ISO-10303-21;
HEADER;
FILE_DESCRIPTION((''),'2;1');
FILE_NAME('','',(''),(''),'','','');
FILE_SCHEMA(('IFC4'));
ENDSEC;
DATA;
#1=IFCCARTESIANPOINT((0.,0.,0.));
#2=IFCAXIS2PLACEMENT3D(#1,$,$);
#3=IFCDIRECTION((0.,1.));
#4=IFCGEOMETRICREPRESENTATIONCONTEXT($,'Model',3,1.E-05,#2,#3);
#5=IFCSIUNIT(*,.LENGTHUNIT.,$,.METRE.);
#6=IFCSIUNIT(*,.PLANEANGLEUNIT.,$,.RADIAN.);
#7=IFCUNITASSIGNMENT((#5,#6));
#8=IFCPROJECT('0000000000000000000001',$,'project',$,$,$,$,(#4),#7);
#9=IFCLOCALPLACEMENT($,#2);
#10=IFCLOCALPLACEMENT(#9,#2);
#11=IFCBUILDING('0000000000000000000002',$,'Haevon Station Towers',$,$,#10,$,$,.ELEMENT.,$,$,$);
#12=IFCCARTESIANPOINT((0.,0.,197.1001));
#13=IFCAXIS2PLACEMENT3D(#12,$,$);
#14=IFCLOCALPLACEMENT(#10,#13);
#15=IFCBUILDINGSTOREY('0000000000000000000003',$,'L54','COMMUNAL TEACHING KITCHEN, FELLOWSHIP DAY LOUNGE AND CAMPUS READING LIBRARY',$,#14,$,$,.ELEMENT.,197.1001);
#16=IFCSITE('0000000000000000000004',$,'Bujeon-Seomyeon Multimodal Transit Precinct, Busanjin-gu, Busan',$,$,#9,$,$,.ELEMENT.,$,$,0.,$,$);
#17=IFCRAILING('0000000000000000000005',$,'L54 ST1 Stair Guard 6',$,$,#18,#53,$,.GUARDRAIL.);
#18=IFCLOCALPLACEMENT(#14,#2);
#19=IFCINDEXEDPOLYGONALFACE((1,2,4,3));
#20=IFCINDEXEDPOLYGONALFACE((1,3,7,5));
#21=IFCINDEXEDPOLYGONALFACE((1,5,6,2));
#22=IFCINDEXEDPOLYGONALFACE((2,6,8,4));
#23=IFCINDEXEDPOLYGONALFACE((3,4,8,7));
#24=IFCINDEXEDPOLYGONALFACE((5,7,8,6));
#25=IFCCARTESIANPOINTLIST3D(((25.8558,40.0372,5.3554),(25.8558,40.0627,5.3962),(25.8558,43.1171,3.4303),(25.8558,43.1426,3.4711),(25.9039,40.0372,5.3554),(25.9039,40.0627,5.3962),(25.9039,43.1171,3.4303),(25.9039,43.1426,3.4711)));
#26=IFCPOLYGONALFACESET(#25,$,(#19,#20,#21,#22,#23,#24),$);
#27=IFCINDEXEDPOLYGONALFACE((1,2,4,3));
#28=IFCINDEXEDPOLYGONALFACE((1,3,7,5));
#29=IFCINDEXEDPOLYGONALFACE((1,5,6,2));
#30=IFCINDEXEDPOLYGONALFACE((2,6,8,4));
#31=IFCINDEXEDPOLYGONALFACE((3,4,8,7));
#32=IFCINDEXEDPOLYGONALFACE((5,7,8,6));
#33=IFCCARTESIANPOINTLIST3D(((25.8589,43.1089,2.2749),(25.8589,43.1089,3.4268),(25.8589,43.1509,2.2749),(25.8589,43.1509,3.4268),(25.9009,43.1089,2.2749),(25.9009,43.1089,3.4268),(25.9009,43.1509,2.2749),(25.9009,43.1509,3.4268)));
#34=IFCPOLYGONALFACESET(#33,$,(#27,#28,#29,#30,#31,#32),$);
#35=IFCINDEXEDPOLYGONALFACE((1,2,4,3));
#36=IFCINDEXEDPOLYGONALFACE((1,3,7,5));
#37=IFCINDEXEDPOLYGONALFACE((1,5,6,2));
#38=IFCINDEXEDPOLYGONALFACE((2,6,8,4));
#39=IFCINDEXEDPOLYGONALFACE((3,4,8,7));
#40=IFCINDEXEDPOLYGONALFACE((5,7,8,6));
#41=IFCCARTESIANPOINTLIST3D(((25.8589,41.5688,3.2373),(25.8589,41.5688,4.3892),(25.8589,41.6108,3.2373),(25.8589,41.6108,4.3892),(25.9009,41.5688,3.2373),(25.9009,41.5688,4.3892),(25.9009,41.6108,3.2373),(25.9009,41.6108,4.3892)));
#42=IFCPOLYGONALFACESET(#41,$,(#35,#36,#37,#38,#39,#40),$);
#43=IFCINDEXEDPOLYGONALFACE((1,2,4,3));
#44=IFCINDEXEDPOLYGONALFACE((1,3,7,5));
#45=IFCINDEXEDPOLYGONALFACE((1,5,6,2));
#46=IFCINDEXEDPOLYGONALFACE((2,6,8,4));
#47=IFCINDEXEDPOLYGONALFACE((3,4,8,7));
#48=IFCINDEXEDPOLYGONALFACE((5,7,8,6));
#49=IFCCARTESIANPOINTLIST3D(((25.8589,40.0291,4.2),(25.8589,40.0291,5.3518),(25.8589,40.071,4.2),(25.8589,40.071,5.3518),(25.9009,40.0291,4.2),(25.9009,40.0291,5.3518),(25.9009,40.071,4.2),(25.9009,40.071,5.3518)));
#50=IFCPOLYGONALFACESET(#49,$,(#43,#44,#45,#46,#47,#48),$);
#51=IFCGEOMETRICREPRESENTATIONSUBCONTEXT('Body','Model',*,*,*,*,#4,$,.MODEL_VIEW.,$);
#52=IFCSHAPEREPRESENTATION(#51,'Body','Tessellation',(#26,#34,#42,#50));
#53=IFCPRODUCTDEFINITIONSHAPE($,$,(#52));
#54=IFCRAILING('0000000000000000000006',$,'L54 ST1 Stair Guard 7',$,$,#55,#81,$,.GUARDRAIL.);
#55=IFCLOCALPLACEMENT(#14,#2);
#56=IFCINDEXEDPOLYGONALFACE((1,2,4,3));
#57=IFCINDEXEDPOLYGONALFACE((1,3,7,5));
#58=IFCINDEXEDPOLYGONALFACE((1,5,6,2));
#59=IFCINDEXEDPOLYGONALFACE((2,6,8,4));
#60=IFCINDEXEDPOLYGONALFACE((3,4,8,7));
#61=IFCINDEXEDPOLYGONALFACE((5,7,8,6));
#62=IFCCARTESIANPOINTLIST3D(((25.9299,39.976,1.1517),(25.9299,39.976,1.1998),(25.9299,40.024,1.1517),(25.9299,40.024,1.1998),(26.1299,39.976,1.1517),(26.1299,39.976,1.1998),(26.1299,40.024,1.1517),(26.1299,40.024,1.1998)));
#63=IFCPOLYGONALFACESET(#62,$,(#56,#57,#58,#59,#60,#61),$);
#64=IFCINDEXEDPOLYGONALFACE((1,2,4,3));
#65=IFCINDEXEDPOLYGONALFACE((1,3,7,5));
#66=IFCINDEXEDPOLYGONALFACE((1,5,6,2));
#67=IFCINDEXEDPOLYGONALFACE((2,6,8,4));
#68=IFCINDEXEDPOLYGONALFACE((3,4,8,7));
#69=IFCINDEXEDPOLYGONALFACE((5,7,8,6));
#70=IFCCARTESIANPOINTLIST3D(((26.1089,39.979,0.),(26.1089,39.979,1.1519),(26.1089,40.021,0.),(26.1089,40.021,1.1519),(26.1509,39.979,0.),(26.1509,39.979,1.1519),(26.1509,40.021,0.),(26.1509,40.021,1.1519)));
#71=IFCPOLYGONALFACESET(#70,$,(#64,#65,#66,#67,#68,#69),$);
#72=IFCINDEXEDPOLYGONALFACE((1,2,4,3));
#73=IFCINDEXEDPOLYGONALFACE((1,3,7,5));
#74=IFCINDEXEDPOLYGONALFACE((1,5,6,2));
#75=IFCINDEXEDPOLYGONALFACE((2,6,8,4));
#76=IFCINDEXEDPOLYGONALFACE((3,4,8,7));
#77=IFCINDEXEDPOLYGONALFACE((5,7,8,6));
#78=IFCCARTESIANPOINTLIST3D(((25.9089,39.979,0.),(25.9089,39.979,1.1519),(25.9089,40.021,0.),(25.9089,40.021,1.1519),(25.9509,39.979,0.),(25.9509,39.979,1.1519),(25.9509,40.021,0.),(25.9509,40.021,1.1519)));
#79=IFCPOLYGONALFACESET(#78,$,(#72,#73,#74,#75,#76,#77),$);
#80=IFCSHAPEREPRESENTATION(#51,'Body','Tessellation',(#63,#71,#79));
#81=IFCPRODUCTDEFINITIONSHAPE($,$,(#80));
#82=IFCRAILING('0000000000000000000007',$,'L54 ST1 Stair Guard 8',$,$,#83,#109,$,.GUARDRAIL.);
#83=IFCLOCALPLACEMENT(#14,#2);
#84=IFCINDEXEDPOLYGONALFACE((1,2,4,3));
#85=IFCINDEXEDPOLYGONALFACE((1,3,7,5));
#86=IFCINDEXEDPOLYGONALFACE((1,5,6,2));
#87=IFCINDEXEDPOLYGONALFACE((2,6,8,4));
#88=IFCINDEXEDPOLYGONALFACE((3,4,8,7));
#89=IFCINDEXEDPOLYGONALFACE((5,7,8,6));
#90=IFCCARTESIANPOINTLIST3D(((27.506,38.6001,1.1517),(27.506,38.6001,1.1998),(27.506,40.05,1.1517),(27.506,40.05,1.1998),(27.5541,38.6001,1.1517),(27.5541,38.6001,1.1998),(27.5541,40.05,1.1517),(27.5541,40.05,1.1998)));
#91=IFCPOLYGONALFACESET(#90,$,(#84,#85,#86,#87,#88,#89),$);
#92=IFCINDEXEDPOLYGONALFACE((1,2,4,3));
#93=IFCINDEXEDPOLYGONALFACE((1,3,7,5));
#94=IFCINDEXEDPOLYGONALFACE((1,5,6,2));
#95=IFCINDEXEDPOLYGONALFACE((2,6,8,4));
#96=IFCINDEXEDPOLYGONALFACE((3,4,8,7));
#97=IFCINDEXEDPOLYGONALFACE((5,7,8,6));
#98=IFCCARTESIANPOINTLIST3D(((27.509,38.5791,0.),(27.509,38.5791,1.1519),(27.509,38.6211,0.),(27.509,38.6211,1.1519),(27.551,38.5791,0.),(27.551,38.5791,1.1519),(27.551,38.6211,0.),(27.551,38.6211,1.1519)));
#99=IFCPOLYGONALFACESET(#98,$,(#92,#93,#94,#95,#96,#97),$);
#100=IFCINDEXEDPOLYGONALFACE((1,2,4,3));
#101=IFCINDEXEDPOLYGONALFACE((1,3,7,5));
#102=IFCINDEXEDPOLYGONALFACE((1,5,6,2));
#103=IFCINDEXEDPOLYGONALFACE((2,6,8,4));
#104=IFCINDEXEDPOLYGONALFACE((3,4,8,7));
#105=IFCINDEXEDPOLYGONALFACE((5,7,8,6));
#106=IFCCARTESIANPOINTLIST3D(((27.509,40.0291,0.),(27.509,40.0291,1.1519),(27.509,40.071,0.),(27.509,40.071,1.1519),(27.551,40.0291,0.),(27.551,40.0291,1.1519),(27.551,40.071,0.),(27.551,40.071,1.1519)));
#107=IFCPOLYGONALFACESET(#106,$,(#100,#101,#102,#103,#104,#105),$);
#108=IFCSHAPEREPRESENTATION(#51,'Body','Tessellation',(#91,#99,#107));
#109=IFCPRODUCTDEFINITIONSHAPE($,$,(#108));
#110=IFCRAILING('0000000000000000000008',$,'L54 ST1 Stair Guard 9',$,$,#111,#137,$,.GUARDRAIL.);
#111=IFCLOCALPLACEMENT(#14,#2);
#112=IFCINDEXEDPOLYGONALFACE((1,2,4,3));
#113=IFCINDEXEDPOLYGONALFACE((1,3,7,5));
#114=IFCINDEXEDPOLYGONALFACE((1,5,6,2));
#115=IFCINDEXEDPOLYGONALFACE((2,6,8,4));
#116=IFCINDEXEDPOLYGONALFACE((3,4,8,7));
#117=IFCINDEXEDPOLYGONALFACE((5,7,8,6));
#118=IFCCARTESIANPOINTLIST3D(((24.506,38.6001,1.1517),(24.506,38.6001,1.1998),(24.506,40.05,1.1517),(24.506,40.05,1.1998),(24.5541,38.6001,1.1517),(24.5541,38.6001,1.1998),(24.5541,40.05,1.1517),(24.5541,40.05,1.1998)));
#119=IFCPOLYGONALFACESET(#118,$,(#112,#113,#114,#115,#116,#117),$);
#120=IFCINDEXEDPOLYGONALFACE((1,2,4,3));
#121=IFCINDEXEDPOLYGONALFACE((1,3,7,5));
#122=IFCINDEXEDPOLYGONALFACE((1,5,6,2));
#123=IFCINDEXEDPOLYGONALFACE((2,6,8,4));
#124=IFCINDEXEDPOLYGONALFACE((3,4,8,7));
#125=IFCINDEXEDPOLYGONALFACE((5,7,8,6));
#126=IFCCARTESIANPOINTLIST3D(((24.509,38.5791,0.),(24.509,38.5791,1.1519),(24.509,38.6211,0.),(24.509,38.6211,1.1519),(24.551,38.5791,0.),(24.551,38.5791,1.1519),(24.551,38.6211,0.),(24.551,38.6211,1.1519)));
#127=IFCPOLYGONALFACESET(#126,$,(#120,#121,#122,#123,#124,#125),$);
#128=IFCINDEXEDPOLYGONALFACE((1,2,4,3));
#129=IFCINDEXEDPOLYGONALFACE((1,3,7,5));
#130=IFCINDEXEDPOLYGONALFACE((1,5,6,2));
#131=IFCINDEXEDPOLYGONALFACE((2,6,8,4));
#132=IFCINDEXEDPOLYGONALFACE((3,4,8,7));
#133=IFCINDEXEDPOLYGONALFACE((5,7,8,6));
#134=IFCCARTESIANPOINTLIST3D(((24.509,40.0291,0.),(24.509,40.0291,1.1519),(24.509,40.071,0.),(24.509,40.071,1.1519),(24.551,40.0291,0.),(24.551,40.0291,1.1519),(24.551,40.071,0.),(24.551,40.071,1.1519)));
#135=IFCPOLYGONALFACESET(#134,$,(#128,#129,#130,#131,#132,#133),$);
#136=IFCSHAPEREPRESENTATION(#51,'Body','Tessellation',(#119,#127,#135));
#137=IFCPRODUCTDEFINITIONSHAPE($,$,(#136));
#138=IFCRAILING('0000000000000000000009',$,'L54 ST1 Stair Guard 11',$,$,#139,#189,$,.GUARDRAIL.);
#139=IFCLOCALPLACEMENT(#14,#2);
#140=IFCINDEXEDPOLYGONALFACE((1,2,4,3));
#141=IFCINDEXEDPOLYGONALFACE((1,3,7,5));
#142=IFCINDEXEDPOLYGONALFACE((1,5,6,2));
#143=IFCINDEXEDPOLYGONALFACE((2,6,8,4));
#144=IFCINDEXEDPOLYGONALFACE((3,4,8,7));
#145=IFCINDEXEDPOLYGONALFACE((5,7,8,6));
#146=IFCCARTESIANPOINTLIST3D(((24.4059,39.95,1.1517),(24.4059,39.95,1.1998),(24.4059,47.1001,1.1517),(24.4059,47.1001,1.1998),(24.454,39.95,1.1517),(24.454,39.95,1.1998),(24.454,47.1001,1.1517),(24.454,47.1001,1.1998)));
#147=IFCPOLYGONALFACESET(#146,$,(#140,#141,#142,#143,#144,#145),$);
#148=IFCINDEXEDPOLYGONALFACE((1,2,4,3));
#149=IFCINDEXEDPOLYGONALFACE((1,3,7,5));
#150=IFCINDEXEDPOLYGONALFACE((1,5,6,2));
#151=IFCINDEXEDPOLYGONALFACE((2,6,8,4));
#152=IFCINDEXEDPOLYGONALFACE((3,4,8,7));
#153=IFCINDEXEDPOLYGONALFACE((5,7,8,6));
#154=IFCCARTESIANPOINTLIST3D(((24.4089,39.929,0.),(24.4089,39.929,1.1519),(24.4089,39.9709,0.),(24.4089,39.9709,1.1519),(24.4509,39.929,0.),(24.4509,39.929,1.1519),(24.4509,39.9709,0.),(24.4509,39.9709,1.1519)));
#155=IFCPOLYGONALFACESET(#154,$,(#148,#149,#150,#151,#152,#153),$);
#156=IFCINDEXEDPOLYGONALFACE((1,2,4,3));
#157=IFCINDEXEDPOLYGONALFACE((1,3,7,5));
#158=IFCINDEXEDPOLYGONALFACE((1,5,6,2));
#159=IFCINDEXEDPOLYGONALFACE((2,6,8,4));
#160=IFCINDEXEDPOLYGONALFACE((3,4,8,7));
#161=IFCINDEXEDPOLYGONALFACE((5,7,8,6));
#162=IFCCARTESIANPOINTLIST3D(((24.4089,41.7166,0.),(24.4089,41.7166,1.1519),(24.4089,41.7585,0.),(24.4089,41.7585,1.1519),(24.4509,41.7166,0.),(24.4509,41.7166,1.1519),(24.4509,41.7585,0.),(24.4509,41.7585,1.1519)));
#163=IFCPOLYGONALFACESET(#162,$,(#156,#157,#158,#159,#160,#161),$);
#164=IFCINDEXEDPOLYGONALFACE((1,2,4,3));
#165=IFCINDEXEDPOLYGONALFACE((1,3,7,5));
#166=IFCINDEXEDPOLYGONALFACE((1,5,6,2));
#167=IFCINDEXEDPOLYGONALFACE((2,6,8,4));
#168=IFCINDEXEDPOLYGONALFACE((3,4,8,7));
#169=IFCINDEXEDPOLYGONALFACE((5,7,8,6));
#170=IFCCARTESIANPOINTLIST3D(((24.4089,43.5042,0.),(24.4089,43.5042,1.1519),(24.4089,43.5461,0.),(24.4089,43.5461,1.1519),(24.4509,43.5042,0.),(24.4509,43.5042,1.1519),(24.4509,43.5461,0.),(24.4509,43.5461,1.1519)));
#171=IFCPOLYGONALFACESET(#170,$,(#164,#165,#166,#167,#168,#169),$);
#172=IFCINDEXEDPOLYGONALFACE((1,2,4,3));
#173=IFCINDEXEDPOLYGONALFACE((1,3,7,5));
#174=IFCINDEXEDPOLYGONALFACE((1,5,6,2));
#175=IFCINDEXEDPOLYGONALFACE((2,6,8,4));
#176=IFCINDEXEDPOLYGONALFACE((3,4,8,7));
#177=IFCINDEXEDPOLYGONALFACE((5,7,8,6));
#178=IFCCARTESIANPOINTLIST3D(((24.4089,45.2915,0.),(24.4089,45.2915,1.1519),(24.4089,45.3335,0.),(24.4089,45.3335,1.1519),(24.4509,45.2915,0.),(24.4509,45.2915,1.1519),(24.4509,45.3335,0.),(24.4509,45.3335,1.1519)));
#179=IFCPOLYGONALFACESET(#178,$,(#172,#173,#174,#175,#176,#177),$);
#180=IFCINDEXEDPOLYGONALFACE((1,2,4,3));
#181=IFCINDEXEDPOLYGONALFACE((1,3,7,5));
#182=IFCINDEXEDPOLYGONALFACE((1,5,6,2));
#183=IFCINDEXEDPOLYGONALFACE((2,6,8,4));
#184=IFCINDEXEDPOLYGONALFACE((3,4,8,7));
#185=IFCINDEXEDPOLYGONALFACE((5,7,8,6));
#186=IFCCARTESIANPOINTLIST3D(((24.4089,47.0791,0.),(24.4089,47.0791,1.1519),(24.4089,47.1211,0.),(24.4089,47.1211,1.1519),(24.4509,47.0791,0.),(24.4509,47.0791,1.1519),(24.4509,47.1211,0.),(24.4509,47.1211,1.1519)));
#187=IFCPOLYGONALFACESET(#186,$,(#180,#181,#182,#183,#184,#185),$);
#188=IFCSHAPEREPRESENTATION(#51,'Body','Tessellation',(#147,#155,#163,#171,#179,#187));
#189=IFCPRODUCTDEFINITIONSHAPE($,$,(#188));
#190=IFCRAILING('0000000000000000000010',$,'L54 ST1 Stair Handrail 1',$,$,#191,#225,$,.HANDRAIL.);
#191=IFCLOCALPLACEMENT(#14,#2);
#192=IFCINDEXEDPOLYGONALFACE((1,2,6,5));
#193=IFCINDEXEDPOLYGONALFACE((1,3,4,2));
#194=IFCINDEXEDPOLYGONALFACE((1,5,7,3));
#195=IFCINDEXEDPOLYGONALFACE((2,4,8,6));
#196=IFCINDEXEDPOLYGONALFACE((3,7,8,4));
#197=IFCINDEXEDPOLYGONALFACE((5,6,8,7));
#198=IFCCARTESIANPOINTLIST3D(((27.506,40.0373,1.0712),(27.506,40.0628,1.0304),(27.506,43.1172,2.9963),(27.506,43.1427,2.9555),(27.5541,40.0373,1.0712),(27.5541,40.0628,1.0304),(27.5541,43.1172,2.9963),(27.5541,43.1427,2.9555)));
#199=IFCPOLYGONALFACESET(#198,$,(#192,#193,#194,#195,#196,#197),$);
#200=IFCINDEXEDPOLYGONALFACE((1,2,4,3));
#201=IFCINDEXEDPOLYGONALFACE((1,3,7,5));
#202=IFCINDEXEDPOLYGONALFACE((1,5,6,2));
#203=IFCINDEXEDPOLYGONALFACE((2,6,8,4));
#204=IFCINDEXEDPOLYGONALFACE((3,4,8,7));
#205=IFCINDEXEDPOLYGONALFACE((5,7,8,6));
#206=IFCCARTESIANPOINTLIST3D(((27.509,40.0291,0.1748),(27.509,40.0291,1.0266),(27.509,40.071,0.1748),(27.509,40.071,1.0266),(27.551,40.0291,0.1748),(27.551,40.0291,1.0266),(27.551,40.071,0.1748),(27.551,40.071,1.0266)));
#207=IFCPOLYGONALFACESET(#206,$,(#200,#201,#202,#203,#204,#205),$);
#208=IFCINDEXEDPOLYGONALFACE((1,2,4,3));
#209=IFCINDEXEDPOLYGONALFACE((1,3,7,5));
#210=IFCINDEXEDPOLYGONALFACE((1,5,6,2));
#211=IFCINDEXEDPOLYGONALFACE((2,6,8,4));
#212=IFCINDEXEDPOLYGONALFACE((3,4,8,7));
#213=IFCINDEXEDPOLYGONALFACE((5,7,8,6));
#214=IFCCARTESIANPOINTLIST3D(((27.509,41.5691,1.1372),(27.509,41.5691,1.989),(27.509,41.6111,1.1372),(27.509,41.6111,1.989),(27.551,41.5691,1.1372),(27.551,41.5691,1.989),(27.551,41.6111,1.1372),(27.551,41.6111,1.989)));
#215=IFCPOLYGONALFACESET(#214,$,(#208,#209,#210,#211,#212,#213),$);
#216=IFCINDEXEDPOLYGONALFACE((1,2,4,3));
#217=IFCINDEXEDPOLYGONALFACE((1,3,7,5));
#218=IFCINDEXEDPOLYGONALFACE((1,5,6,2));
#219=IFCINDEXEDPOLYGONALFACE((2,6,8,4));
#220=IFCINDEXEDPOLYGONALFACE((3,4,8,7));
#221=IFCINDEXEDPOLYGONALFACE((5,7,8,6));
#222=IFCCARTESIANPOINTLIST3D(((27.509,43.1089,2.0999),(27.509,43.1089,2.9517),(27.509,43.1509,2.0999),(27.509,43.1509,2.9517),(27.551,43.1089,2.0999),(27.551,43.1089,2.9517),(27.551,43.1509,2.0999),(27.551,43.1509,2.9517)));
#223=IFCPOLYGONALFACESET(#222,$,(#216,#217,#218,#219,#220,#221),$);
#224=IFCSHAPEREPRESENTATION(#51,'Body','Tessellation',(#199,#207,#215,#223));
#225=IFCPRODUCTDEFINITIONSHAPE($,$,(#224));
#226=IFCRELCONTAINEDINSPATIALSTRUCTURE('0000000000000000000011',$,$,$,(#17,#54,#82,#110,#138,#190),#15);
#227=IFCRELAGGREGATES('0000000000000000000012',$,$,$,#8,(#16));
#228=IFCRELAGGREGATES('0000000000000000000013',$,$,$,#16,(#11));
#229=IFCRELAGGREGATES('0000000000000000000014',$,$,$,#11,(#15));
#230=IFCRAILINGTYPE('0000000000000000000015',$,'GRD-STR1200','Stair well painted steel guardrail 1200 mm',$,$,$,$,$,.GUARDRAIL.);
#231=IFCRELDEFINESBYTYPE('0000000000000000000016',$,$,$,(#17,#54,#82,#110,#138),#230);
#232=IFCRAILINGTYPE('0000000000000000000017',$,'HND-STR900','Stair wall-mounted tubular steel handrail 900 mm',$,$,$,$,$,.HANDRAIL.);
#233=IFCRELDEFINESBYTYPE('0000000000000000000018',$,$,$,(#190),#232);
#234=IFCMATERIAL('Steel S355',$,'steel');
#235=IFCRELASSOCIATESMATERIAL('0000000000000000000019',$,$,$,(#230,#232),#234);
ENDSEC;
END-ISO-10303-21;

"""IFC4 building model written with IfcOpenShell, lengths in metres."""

from ifc_helpers import new_model, si_unit, direction, frame, origin, origin_2d, place, context, subcontext, project, spatial, rectangle, extrude, material, type_object, element, save


model = new_model("IFC4")

# Units and contexts
model_context = context("Model", 3, precision=1e-05, world=origin(), true_north=direction((0.0, 1.0)))
body_context = subcontext(model_context, "Body", "Model", "MODEL_VIEW")
ifc_project = project(units=[si_unit("LENGTHUNIT", "METRE"), si_unit("PLANEANGLEUNIT", "RADIAN")], contexts=[model_context])

# Site, building, storey
site_placement = place(None, origin())
site = spatial("IfcSite", under=ifc_project, at=site_placement, Name="Bujeon-Seomyeon Multimodal Transit Precinct, Busanjin-gu, Busan", CompositionType="ELEMENT", RefElevation=0.0)
building_placement = place(site_placement, origin())
building = spatial("IfcBuilding", under=site, at=building_placement, Name="Haevon Station Towers", CompositionType="ELEMENT")
storey_placement = place(building_placement, frame((0.0, 0.0, 197.1001)))
storey = spatial("IfcBuildingStorey", under=building, at=storey_placement, Name="L54", Description="COMMUNAL TEACHING KITCHEN, FELLOWSHIP DAY LOUNGE AND CAMPUS READING LIBRARY", CompositionType="ELEMENT", Elevation=197.1001)

# Shared definitions
ifc_material_1 = material(Name="Steel S355", Category="steel")

# Railings
railing_type_1 = type_object("IfcRailingType", Name="GRD-STR1200", Description="Stair well painted steel guardrail 1200 mm", PredefinedType="GUARDRAIL", material=ifc_material_1)
railing_1_placement = place(storey_placement, frame((25.8799, 43.1299, 2.2749)))
element("IfcRailing", 1, at=railing_1_placement, inside=storey, type_object=railing_type_1, Name="L54 ST1 Stair Guard 6", PredefinedType="GUARDRAIL", context=body_context, shape_type="SweptSolid", body=[
    extrude(rectangle(XDim=0.0481, YDim=0.0481, at=origin_2d()), frame((0.0, 0.0, 1.1758), z_axis=(0.0, -0.847979, 0.530029), x_axis=(1.0, 0.0, 0.0)), (0.0, 0.0, 1.0), 3.6321),
    extrude(rectangle(XDim=0.042, YDim=0.042, at=origin_2d()), origin(), (0.0, 0.0, 1.0), 1.1519),
    extrude(rectangle(XDim=0.042, YDim=0.042, at=origin_2d()), frame((0.0, -1.54, 0.9624)), (0.0, 0.0, 1.0), 1.1519),
    extrude(rectangle(XDim=0.042, YDim=0.042, at=origin_2d()), frame((0.0, -3.0798, 1.925)), (0.0, 0.0, 1.0), 1.1519),
])
railing_2_placement = place(storey_placement, frame((26.1299, 40.0, 0.0)))
element("IfcRailing", 2, at=railing_2_placement, inside=storey, type_object=railing_type_1, Name="L54 ST1 Stair Guard 7", PredefinedType="GUARDRAIL", context=body_context, shape_type="SweptSolid", body=[
    extrude(rectangle(XDim=0.0481, YDim=0.0481, at=origin_2d()), frame((0.0, 0.0, 1.1758), z_axis=(-1.0, 0.0, 0.0), x_axis=(0.0, -1.0, 0.0)), (0.0, 0.0, 1.0), 0.2),
    extrude(rectangle(XDim=0.042, YDim=0.042, at=origin_2d()), origin(), (0.0, 0.0, 1.0), 1.1519),
    extrude(rectangle(XDim=0.042, YDim=0.042, at=origin_2d()), frame((-0.2, 0.0, 0.0)), (0.0, 0.0, 1.0), 1.1519),
])
for number, where, name in (
    (3, (27.53, 38.6001, 0.0), "L54 ST1 Stair Guard 8"),
    (4, (24.53, 38.6001, 0.0), "L54 ST1 Stair Guard 9"),
):
    element("IfcRailing", number, at=place(storey_placement, frame(where)), inside=storey, type_object=railing_type_1, Name=name, PredefinedType="GUARDRAIL", context=body_context, shape_type="SweptSolid", body=[
        extrude(rectangle(XDim=0.0481, YDim=0.0481, at=origin_2d()), frame((0.0, 0.0, 1.1758), z_axis=(0.0, 1.0, 0.0), x_axis=(-1.0, 0.0, 0.0)), (0.0, 0.0, 1.0), 1.45),
        extrude(rectangle(XDim=0.042, YDim=0.042, at=origin_2d()), origin(), (0.0, 0.0, 1.0), 1.1519),
        extrude(rectangle(XDim=0.042, YDim=0.042, at=origin_2d()), frame((0.0, 1.45, 0.0)), (0.0, 0.0, 1.0), 1.1519),
    ])
railing_3_placement = place(storey_placement, frame((24.4299, 39.95, 0.0)))
element("IfcRailing", 5, at=railing_3_placement, inside=storey, type_object=railing_type_1, Name="L54 ST1 Stair Guard 11", PredefinedType="GUARDRAIL", context=body_context, shape_type="SweptSolid", body=[
    extrude(rectangle(XDim=0.0481, YDim=0.0481, at=origin_2d()), frame((0.0, 0.0, 1.1758), z_axis=(0.0, 1.0, 0.0), x_axis=(-1.0, 0.0, 0.0)), (0.0, 0.0, 1.0), 7.1501),
    extrude(rectangle(XDim=0.042, YDim=0.042, at=origin_2d()), origin(), (0.0, 0.0, 1.0), 1.1519),
    extrude(rectangle(XDim=0.042, YDim=0.042, at=origin_2d()), frame((0.0, 1.7876, 0.0)), (0.0, 0.0, 1.0), 1.1519),
    extrude(rectangle(XDim=0.042, YDim=0.042, at=origin_2d()), frame((0.0, 3.5752, 0.0)), (0.0, 0.0, 1.0), 1.1519),
    extrude(rectangle(XDim=0.042, YDim=0.042, at=origin_2d()), frame((0.0, 5.3625, 0.0)), (0.0, 0.0, 1.0), 1.1519),
    extrude(rectangle(XDim=0.042, YDim=0.042, at=origin_2d()), frame((0.0, 7.1501, 0.0)), (0.0, 0.0, 1.0), 1.1519),
])
railing_type_2 = type_object("IfcRailingType", Name="HND-STR900", Description="Stair wall-mounted tubular steel handrail 900 mm", PredefinedType="HANDRAIL", material=ifc_material_1)
railing_4_placement = place(storey_placement, frame((27.53, 40.05, 0.1748)))
element("IfcRailing", 6, at=railing_4_placement, inside=storey, type_object=railing_type_2, Name="L54 ST1 Stair Handrail 1", PredefinedType="HANDRAIL", context=body_context, shape_type="SweptSolid", body=[
    extrude(rectangle(XDim=0.0481, YDim=0.0481, at=origin_2d()), frame((0.0, 0.0, 0.876), z_axis=(0.0, 0.847979, 0.530029), x_axis=(-1.0, 0.0, 0.0)), (0.0, 0.0, 1.0), 3.6321),
    extrude(rectangle(XDim=0.042, YDim=0.042, at=origin_2d()), origin(), (0.0, 0.0, 1.0), 0.8518),
    extrude(rectangle(XDim=0.042, YDim=0.042, at=origin_2d()), frame((0.0, 1.54, 0.9624)), (0.0, 0.0, 1.0), 0.8518),
    extrude(rectangle(XDim=0.042, YDim=0.042, at=origin_2d()), frame((0.0, 3.0798, 1.925)), (0.0, 0.0, 1.0), 0.8518),
])

save(model, "model.ifc")
